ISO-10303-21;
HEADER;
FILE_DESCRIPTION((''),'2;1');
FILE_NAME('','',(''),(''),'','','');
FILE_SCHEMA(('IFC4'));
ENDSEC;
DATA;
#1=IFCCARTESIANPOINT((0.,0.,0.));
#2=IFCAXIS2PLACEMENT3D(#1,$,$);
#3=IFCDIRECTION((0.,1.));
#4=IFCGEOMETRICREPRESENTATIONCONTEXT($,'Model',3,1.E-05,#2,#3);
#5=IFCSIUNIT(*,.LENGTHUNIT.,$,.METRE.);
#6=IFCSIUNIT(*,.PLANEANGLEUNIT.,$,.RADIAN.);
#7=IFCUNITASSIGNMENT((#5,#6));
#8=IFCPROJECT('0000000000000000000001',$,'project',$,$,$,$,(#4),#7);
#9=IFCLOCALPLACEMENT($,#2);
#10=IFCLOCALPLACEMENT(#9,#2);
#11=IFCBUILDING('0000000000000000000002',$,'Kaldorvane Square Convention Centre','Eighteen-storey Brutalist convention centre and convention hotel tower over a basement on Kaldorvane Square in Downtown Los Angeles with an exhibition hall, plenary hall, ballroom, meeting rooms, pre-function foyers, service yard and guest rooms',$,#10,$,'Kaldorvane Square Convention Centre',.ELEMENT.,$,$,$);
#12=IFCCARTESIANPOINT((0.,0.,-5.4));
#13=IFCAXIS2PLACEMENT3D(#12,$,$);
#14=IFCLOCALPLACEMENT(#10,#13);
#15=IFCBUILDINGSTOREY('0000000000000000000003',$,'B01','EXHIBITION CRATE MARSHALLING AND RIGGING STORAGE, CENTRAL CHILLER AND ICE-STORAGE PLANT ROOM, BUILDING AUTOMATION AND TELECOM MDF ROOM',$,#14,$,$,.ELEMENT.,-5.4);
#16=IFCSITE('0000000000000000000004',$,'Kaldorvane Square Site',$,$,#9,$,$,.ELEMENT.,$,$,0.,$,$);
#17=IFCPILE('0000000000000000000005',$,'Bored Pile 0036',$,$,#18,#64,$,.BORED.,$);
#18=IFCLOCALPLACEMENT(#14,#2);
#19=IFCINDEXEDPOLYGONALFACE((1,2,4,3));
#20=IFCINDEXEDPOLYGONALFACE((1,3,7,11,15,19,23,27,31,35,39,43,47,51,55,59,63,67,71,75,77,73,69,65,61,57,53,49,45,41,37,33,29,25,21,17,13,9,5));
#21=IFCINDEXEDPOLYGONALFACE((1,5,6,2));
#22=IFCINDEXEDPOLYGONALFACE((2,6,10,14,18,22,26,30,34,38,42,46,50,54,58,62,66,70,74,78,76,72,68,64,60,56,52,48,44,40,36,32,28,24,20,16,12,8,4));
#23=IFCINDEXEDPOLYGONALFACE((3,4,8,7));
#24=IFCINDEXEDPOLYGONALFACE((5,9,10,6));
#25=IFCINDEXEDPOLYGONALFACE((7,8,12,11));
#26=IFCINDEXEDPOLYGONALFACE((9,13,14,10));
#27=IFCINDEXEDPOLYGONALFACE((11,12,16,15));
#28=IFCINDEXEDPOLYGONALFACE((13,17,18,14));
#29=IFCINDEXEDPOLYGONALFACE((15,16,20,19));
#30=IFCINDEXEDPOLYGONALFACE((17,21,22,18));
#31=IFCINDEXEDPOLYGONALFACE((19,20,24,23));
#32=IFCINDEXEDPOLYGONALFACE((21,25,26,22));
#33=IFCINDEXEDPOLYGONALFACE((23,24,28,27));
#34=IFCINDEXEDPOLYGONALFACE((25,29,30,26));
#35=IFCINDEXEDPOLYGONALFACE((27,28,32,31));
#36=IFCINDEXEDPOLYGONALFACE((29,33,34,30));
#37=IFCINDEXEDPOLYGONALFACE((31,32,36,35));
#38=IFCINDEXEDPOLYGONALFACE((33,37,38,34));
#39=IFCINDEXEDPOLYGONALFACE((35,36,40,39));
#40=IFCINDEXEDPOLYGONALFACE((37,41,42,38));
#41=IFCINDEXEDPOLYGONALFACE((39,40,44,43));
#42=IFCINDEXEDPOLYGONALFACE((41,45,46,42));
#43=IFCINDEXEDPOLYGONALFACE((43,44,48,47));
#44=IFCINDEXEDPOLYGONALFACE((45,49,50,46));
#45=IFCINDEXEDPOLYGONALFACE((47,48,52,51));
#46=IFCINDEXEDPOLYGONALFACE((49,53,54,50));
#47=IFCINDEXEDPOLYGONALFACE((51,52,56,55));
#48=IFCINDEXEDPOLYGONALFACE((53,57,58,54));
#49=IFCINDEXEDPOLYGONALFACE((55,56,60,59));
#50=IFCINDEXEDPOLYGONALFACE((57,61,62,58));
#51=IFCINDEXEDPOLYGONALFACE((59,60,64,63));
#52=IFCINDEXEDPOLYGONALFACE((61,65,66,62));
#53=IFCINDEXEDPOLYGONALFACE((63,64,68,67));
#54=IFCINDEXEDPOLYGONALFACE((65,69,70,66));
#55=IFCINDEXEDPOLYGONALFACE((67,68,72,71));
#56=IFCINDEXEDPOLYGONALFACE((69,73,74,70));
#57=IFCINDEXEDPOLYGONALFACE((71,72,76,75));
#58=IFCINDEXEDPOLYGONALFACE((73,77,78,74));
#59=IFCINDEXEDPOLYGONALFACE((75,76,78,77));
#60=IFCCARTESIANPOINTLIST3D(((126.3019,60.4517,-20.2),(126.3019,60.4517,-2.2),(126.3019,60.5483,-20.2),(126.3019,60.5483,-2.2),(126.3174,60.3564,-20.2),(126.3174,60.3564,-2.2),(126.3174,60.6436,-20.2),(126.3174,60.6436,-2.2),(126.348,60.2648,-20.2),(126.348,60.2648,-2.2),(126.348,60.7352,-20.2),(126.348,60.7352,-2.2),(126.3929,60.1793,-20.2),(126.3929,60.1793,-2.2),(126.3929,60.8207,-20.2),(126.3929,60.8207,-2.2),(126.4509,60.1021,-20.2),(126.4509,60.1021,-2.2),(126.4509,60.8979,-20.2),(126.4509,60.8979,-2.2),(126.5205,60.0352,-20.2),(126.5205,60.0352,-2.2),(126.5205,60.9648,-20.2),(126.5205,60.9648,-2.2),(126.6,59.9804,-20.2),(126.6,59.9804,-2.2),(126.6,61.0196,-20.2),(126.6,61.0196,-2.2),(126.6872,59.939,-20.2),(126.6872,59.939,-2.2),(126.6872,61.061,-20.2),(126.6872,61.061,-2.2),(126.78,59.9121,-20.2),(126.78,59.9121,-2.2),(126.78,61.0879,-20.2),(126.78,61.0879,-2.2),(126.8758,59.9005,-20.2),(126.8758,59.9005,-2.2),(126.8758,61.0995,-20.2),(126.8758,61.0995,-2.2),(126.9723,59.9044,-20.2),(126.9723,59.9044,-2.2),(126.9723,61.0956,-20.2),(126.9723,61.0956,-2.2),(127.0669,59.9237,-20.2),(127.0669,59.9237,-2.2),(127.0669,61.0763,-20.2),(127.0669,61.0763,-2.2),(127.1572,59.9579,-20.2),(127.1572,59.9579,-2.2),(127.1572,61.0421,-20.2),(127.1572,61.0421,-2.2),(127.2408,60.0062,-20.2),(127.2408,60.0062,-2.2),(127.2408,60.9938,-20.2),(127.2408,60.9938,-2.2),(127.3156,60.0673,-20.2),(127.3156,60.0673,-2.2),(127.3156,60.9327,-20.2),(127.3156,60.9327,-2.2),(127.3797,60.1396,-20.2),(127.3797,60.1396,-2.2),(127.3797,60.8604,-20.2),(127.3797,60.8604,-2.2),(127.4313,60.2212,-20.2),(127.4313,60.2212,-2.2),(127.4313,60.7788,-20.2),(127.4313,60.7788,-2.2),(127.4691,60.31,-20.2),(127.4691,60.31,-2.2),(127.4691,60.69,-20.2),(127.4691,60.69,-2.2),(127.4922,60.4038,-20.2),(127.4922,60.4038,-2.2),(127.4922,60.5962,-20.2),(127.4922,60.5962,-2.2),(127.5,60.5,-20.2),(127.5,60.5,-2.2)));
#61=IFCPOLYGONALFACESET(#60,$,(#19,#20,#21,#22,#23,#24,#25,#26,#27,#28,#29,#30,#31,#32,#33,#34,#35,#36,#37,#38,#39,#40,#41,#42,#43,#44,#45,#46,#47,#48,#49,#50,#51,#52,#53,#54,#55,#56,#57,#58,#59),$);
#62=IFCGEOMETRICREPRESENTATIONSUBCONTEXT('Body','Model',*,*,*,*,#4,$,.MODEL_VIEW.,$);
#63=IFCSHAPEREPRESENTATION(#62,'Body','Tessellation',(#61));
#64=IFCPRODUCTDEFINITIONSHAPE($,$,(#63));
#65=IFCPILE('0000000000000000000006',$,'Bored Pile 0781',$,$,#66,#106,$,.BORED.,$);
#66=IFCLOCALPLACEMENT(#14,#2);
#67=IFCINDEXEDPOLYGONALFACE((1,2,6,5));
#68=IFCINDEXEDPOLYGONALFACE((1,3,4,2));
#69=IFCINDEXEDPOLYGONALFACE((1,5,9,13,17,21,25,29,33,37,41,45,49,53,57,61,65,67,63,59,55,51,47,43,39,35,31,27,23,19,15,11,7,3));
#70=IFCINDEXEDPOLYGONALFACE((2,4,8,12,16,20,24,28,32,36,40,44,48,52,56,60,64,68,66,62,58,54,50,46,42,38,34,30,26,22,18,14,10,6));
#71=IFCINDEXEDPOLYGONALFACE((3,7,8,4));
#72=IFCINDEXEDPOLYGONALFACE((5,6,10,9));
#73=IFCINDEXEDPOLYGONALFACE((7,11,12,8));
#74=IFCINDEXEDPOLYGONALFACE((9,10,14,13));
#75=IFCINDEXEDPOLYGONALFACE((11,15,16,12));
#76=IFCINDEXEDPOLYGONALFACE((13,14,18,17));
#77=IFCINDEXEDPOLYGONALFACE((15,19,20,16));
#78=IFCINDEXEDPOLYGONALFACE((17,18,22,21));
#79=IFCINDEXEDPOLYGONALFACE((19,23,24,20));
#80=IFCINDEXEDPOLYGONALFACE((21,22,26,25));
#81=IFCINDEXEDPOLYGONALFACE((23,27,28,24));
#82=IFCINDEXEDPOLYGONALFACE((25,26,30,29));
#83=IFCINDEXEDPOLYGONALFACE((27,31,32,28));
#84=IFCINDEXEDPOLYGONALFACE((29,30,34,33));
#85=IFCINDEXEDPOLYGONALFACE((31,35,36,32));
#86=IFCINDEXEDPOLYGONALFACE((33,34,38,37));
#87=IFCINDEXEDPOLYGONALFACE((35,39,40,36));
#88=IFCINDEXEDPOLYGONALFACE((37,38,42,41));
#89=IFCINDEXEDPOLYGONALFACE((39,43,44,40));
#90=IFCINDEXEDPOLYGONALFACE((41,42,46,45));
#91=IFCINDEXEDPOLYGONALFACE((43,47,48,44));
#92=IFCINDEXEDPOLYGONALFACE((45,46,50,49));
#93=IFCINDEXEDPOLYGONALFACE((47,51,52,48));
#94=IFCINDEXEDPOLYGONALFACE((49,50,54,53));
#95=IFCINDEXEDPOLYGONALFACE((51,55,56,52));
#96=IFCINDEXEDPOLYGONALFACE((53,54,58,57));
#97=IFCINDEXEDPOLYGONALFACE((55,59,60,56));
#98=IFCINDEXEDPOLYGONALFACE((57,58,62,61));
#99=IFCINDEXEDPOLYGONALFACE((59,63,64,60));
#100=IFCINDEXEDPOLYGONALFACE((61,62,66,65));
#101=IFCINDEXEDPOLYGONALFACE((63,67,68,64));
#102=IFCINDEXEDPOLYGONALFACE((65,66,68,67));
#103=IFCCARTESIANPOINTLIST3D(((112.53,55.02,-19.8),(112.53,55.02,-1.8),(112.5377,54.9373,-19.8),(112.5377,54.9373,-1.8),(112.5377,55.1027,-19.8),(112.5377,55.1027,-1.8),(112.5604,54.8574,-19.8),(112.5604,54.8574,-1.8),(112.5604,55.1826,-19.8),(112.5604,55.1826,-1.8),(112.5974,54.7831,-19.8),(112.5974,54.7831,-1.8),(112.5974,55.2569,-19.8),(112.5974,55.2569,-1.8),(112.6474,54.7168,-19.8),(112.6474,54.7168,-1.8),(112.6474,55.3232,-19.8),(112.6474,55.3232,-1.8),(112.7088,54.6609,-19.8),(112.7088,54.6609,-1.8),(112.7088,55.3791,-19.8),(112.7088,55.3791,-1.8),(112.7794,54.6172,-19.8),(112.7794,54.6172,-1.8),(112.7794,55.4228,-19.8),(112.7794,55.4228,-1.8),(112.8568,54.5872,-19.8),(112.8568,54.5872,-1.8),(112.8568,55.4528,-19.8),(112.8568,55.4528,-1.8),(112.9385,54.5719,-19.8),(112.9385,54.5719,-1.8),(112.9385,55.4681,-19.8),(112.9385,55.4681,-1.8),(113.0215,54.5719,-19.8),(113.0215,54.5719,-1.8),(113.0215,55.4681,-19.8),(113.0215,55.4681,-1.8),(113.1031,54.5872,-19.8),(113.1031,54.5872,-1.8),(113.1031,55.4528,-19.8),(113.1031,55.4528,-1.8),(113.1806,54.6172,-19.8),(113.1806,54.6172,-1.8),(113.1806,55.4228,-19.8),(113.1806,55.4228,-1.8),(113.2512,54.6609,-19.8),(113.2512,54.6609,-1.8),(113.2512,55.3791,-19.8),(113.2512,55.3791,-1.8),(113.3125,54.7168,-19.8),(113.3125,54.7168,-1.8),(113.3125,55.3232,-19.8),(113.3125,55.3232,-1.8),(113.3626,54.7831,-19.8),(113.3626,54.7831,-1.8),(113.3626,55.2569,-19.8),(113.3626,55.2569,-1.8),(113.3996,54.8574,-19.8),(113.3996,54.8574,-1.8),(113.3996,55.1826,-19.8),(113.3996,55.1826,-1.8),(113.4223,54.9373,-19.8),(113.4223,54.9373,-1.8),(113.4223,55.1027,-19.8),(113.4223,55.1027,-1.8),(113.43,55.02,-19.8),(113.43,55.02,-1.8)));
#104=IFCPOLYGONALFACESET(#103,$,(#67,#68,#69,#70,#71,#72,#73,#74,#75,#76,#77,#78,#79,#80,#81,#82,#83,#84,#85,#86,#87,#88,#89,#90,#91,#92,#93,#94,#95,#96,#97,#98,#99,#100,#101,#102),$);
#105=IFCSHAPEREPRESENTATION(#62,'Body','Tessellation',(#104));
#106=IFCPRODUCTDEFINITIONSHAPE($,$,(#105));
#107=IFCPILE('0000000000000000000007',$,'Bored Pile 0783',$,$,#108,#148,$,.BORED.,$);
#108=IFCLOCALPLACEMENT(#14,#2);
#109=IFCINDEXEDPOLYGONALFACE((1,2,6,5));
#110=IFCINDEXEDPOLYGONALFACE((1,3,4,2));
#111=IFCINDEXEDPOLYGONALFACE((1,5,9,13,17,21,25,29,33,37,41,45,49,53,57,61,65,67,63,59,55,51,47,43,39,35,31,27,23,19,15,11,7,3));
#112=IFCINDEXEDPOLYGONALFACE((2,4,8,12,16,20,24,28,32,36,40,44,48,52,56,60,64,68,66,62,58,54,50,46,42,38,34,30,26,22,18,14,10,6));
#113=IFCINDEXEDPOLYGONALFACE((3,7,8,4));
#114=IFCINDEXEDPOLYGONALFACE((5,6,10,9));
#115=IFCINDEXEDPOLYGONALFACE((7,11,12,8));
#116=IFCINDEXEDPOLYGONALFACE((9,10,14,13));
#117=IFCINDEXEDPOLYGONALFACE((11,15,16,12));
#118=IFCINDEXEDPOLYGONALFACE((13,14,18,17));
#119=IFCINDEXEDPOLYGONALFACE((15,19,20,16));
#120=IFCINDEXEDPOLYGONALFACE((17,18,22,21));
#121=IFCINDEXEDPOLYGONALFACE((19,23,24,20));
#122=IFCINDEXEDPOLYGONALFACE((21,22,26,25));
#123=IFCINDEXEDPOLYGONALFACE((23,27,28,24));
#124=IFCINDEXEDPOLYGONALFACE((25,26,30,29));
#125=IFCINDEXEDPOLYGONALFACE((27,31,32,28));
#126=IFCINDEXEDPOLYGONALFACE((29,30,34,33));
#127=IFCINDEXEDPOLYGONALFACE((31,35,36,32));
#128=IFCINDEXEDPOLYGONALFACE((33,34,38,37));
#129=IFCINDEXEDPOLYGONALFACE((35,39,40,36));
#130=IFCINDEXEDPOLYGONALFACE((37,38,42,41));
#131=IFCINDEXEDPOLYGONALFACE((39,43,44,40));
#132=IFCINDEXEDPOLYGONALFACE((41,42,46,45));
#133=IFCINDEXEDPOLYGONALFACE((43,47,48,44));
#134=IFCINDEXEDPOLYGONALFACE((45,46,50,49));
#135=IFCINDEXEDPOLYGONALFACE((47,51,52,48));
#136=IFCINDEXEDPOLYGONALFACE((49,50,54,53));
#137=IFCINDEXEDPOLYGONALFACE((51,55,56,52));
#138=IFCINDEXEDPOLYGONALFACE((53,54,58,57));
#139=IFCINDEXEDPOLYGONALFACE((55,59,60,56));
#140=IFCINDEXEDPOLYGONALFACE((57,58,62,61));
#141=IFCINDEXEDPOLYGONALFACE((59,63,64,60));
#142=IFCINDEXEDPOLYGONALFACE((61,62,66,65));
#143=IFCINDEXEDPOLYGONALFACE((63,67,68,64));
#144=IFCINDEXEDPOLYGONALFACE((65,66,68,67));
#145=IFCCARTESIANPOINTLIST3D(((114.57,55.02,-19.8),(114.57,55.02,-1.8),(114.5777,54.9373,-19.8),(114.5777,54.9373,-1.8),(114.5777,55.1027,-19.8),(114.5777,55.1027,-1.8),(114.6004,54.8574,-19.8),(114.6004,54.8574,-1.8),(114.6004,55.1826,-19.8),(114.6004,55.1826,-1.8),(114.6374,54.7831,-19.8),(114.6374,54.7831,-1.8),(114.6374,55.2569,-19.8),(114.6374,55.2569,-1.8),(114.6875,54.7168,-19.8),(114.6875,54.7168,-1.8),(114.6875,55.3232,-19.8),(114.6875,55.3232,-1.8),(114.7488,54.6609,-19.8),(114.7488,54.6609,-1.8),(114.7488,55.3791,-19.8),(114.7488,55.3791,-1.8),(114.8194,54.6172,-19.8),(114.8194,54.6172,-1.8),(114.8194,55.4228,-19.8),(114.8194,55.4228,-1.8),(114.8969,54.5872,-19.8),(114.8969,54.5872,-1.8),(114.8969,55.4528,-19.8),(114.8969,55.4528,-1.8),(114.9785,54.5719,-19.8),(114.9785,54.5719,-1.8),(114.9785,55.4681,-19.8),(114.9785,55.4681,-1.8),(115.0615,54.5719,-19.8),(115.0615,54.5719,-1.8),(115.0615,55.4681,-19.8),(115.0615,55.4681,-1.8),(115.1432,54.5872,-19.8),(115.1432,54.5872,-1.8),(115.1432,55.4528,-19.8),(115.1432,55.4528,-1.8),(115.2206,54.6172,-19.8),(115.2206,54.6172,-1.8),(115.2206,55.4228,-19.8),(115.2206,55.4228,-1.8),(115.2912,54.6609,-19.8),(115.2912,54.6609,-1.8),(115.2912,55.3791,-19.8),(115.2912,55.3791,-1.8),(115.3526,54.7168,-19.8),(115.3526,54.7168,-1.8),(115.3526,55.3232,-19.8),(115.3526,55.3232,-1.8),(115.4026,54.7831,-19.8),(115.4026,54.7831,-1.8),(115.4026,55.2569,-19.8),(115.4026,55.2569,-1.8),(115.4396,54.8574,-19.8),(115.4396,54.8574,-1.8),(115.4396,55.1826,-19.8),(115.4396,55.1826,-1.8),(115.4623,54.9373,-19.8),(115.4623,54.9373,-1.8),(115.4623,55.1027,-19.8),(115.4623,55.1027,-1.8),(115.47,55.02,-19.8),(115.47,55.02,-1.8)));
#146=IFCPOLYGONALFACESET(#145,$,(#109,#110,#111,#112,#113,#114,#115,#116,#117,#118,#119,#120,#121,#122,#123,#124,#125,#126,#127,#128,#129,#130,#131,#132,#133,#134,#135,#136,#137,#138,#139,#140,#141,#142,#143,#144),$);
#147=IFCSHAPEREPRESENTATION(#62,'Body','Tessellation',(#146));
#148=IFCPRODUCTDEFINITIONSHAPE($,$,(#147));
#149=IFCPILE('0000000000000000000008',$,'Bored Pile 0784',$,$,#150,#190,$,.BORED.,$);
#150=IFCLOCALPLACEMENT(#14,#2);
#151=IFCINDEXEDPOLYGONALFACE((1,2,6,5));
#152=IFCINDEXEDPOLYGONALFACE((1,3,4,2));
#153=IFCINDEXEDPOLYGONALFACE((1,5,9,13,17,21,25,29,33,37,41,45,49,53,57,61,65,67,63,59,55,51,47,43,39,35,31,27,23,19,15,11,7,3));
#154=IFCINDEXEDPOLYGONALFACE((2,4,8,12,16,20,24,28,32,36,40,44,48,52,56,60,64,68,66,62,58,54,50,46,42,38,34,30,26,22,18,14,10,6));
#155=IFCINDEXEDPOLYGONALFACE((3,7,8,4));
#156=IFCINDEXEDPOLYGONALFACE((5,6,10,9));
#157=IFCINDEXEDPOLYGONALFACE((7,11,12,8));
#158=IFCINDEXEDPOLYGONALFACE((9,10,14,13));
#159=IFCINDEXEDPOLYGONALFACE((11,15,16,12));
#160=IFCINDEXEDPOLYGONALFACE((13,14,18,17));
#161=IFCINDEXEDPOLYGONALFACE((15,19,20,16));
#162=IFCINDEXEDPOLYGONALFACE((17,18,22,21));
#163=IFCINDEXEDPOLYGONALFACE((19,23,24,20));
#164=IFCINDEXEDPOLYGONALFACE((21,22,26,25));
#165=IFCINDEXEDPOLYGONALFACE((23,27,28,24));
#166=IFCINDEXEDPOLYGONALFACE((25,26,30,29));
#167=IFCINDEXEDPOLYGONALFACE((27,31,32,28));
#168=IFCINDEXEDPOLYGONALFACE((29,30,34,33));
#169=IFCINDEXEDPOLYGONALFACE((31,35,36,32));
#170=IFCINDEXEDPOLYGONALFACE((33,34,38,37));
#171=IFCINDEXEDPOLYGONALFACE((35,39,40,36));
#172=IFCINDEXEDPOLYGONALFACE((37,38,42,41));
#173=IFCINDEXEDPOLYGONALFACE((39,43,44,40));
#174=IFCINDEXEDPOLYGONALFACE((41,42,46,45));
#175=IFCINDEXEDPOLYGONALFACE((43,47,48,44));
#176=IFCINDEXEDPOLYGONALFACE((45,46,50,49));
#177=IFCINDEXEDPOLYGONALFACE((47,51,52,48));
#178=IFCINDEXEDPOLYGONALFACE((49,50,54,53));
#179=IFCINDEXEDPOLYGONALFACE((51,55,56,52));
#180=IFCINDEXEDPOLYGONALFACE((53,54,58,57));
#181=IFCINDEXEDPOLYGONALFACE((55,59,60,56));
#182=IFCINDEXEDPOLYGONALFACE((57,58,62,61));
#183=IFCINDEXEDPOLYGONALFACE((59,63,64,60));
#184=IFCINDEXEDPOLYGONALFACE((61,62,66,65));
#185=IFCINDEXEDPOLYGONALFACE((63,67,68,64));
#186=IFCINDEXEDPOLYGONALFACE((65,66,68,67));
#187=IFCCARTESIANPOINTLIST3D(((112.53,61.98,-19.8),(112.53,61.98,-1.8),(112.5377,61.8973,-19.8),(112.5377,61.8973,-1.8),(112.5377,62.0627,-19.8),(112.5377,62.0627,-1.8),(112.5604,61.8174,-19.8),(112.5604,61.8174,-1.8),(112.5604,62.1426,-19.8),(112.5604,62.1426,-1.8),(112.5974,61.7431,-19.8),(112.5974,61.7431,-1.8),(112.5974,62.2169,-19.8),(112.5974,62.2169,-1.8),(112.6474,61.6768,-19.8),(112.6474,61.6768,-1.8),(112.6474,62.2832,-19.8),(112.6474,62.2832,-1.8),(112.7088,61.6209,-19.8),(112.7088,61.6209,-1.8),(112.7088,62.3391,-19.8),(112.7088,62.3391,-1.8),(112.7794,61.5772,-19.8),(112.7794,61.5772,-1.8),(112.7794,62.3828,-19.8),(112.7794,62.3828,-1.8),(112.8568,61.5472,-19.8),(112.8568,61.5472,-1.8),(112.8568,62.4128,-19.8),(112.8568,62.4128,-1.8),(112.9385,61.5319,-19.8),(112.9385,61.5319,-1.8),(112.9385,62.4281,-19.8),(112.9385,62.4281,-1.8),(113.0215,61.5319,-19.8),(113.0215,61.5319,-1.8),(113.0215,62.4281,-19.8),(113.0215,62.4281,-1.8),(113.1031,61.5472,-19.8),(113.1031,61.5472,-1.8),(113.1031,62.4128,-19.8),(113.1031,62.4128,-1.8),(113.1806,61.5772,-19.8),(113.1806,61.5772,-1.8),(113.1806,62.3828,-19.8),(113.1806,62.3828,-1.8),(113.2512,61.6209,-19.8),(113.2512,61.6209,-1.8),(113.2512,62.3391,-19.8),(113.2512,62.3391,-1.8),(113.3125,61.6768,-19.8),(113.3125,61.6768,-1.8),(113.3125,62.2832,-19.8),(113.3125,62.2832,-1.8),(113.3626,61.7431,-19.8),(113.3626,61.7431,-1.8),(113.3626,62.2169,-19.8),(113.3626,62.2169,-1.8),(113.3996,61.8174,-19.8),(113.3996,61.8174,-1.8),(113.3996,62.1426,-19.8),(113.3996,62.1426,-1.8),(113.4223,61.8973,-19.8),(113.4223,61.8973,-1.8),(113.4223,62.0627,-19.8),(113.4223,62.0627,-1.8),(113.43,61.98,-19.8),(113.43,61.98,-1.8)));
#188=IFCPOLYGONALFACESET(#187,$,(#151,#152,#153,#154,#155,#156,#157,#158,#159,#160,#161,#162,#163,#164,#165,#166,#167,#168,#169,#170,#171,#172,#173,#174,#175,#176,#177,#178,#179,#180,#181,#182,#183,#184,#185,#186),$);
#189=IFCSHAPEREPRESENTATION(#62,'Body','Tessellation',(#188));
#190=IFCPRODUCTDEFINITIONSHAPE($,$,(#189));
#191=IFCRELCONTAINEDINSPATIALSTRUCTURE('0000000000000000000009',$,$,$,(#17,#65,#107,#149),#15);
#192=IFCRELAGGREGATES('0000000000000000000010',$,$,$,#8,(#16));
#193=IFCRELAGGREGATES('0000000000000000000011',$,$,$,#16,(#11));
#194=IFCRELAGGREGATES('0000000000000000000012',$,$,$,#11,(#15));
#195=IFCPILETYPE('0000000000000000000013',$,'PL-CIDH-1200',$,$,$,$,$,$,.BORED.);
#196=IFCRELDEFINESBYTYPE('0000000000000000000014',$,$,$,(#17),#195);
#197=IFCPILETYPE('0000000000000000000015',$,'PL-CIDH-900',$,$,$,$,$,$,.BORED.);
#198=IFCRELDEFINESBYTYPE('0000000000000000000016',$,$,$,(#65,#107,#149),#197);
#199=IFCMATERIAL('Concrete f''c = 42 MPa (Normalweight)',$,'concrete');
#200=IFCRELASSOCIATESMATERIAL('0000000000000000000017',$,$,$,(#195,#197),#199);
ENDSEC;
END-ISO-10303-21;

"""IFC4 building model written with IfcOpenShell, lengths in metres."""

from ifc_helpers import new_model, si_unit, direction, frame, origin, origin_2d, place, context, subcontext, project, spatial, circle, extrude, material, material_profile, profile_set, type_object, element, save


model = new_model("IFC4")

# Units and contexts
model_context = context("Model", 3, precision=1e-05, world=origin(), true_north=direction((0.0, 1.0)))
body_context = subcontext(model_context, "Body", "Model", "MODEL_VIEW")
ifc_project = project(units=[si_unit("LENGTHUNIT", "METRE"), si_unit("PLANEANGLEUNIT", "RADIAN")], contexts=[model_context])

# Site, building, storey
site_placement = place(None, origin())
site = spatial("IfcSite", under=ifc_project, at=site_placement, Name="Kaldorvane Square Site", CompositionType="ELEMENT", RefElevation=0.0)
building_placement = place(site_placement, origin())
building = spatial("IfcBuilding", under=site, at=building_placement, Name="Kaldorvane Square Convention Centre", Description="Eighteen-storey Brutalist convention centre and convention hotel tower over a basement on Kaldorvane Square in Downtown Los Angeles with an exhibition hall, plenary hall, ballroom, meeting rooms, pre-function foyers, service yard and guest rooms", LongName="Kaldorvane Square Convention Centre", CompositionType="ELEMENT")
storey_placement = place(building_placement, frame((0.0, 0.0, -5.4)))
storey = spatial("IfcBuildingStorey", under=building, at=storey_placement, Name="B01", Description="EXHIBITION CRATE MARSHALLING AND RIGGING STORAGE, CENTRAL CHILLER AND ICE-STORAGE PLANT ROOM, BUILDING AUTOMATION AND TELECOM MDF ROOM", CompositionType="ELEMENT", Elevation=-5.4)

# Shared definitions
ifc_material_1 = material(Name="Concrete f'c = 42 MPa (Normalweight)", Category="concrete")

# Piles
ifc_material_profile_1 = material_profile(ifc_material_1, circle(Radius=0.6, at=origin_2d()), Name="PILE-D1200")
ifc_profile_set_1 = profile_set([ifc_material_profile_1], Name="Concrete f'c = 42 MPa (Normalweight)")
pile_type_1 = type_object("IfcPileType", Name="PL-CIDH-1200", PredefinedType="BORED", material=ifc_profile_set_1)
for number, where, z_axis, x_axis, name in (
    (1, (126.9, 60.5, -2.2), (0.0, 0.0, -1.0), (1.0, 0.0, 0.0), "Bored Pile 0036"),
):
    element("IfcPile", number, at=place(storey_placement, frame(where, z_axis=z_axis, x_axis=x_axis)), inside=storey, type_object=pile_type_1, Name=name, PredefinedType="BORED", context=body_context, shape_type="SweptSolid", body=[
        extrude(circle(Radius=0.6, at=origin_2d()), origin(), (0.0, 0.0, 1.0), 18.0),
    ])
ifc_material_profile_2 = material_profile(ifc_material_1, circle(Radius=0.45, at=origin_2d()), Name="PILE-D900")
ifc_profile_set_2 = profile_set([ifc_material_profile_2], Name="Concrete f'c = 42 MPa (Normalweight)")
pile_type_2 = type_object("IfcPileType", Name="PL-CIDH-900", PredefinedType="BORED", material=ifc_profile_set_2)
for number, where, z_axis, x_axis, name in (
    (2, (112.98, 55.02, -1.8), (0.0, 0.0, -1.0), (1.0, 0.0, 0.0), "Bored Pile 0781"),
    (3, (115.02, 55.02, -1.8), (0.0, 0.0, -1.0), (1.0, 0.0, 0.0), "Bored Pile 0783"),
    (4, (112.98, 61.98, -1.8), (0.0, 0.0, -1.0), (1.0, 0.0, 0.0), "Bored Pile 0784"),
):
    element("IfcPile", number, at=place(storey_placement, frame(where, z_axis=z_axis, x_axis=x_axis)), inside=storey, type_object=pile_type_2, Name=name, PredefinedType="BORED", context=body_context, shape_type="SweptSolid", body=[
        extrude(circle(Radius=0.45, at=origin_2d()), origin(), (0.0, 0.0, 1.0), 18.0),
    ])

save(model, "model.ifc")
